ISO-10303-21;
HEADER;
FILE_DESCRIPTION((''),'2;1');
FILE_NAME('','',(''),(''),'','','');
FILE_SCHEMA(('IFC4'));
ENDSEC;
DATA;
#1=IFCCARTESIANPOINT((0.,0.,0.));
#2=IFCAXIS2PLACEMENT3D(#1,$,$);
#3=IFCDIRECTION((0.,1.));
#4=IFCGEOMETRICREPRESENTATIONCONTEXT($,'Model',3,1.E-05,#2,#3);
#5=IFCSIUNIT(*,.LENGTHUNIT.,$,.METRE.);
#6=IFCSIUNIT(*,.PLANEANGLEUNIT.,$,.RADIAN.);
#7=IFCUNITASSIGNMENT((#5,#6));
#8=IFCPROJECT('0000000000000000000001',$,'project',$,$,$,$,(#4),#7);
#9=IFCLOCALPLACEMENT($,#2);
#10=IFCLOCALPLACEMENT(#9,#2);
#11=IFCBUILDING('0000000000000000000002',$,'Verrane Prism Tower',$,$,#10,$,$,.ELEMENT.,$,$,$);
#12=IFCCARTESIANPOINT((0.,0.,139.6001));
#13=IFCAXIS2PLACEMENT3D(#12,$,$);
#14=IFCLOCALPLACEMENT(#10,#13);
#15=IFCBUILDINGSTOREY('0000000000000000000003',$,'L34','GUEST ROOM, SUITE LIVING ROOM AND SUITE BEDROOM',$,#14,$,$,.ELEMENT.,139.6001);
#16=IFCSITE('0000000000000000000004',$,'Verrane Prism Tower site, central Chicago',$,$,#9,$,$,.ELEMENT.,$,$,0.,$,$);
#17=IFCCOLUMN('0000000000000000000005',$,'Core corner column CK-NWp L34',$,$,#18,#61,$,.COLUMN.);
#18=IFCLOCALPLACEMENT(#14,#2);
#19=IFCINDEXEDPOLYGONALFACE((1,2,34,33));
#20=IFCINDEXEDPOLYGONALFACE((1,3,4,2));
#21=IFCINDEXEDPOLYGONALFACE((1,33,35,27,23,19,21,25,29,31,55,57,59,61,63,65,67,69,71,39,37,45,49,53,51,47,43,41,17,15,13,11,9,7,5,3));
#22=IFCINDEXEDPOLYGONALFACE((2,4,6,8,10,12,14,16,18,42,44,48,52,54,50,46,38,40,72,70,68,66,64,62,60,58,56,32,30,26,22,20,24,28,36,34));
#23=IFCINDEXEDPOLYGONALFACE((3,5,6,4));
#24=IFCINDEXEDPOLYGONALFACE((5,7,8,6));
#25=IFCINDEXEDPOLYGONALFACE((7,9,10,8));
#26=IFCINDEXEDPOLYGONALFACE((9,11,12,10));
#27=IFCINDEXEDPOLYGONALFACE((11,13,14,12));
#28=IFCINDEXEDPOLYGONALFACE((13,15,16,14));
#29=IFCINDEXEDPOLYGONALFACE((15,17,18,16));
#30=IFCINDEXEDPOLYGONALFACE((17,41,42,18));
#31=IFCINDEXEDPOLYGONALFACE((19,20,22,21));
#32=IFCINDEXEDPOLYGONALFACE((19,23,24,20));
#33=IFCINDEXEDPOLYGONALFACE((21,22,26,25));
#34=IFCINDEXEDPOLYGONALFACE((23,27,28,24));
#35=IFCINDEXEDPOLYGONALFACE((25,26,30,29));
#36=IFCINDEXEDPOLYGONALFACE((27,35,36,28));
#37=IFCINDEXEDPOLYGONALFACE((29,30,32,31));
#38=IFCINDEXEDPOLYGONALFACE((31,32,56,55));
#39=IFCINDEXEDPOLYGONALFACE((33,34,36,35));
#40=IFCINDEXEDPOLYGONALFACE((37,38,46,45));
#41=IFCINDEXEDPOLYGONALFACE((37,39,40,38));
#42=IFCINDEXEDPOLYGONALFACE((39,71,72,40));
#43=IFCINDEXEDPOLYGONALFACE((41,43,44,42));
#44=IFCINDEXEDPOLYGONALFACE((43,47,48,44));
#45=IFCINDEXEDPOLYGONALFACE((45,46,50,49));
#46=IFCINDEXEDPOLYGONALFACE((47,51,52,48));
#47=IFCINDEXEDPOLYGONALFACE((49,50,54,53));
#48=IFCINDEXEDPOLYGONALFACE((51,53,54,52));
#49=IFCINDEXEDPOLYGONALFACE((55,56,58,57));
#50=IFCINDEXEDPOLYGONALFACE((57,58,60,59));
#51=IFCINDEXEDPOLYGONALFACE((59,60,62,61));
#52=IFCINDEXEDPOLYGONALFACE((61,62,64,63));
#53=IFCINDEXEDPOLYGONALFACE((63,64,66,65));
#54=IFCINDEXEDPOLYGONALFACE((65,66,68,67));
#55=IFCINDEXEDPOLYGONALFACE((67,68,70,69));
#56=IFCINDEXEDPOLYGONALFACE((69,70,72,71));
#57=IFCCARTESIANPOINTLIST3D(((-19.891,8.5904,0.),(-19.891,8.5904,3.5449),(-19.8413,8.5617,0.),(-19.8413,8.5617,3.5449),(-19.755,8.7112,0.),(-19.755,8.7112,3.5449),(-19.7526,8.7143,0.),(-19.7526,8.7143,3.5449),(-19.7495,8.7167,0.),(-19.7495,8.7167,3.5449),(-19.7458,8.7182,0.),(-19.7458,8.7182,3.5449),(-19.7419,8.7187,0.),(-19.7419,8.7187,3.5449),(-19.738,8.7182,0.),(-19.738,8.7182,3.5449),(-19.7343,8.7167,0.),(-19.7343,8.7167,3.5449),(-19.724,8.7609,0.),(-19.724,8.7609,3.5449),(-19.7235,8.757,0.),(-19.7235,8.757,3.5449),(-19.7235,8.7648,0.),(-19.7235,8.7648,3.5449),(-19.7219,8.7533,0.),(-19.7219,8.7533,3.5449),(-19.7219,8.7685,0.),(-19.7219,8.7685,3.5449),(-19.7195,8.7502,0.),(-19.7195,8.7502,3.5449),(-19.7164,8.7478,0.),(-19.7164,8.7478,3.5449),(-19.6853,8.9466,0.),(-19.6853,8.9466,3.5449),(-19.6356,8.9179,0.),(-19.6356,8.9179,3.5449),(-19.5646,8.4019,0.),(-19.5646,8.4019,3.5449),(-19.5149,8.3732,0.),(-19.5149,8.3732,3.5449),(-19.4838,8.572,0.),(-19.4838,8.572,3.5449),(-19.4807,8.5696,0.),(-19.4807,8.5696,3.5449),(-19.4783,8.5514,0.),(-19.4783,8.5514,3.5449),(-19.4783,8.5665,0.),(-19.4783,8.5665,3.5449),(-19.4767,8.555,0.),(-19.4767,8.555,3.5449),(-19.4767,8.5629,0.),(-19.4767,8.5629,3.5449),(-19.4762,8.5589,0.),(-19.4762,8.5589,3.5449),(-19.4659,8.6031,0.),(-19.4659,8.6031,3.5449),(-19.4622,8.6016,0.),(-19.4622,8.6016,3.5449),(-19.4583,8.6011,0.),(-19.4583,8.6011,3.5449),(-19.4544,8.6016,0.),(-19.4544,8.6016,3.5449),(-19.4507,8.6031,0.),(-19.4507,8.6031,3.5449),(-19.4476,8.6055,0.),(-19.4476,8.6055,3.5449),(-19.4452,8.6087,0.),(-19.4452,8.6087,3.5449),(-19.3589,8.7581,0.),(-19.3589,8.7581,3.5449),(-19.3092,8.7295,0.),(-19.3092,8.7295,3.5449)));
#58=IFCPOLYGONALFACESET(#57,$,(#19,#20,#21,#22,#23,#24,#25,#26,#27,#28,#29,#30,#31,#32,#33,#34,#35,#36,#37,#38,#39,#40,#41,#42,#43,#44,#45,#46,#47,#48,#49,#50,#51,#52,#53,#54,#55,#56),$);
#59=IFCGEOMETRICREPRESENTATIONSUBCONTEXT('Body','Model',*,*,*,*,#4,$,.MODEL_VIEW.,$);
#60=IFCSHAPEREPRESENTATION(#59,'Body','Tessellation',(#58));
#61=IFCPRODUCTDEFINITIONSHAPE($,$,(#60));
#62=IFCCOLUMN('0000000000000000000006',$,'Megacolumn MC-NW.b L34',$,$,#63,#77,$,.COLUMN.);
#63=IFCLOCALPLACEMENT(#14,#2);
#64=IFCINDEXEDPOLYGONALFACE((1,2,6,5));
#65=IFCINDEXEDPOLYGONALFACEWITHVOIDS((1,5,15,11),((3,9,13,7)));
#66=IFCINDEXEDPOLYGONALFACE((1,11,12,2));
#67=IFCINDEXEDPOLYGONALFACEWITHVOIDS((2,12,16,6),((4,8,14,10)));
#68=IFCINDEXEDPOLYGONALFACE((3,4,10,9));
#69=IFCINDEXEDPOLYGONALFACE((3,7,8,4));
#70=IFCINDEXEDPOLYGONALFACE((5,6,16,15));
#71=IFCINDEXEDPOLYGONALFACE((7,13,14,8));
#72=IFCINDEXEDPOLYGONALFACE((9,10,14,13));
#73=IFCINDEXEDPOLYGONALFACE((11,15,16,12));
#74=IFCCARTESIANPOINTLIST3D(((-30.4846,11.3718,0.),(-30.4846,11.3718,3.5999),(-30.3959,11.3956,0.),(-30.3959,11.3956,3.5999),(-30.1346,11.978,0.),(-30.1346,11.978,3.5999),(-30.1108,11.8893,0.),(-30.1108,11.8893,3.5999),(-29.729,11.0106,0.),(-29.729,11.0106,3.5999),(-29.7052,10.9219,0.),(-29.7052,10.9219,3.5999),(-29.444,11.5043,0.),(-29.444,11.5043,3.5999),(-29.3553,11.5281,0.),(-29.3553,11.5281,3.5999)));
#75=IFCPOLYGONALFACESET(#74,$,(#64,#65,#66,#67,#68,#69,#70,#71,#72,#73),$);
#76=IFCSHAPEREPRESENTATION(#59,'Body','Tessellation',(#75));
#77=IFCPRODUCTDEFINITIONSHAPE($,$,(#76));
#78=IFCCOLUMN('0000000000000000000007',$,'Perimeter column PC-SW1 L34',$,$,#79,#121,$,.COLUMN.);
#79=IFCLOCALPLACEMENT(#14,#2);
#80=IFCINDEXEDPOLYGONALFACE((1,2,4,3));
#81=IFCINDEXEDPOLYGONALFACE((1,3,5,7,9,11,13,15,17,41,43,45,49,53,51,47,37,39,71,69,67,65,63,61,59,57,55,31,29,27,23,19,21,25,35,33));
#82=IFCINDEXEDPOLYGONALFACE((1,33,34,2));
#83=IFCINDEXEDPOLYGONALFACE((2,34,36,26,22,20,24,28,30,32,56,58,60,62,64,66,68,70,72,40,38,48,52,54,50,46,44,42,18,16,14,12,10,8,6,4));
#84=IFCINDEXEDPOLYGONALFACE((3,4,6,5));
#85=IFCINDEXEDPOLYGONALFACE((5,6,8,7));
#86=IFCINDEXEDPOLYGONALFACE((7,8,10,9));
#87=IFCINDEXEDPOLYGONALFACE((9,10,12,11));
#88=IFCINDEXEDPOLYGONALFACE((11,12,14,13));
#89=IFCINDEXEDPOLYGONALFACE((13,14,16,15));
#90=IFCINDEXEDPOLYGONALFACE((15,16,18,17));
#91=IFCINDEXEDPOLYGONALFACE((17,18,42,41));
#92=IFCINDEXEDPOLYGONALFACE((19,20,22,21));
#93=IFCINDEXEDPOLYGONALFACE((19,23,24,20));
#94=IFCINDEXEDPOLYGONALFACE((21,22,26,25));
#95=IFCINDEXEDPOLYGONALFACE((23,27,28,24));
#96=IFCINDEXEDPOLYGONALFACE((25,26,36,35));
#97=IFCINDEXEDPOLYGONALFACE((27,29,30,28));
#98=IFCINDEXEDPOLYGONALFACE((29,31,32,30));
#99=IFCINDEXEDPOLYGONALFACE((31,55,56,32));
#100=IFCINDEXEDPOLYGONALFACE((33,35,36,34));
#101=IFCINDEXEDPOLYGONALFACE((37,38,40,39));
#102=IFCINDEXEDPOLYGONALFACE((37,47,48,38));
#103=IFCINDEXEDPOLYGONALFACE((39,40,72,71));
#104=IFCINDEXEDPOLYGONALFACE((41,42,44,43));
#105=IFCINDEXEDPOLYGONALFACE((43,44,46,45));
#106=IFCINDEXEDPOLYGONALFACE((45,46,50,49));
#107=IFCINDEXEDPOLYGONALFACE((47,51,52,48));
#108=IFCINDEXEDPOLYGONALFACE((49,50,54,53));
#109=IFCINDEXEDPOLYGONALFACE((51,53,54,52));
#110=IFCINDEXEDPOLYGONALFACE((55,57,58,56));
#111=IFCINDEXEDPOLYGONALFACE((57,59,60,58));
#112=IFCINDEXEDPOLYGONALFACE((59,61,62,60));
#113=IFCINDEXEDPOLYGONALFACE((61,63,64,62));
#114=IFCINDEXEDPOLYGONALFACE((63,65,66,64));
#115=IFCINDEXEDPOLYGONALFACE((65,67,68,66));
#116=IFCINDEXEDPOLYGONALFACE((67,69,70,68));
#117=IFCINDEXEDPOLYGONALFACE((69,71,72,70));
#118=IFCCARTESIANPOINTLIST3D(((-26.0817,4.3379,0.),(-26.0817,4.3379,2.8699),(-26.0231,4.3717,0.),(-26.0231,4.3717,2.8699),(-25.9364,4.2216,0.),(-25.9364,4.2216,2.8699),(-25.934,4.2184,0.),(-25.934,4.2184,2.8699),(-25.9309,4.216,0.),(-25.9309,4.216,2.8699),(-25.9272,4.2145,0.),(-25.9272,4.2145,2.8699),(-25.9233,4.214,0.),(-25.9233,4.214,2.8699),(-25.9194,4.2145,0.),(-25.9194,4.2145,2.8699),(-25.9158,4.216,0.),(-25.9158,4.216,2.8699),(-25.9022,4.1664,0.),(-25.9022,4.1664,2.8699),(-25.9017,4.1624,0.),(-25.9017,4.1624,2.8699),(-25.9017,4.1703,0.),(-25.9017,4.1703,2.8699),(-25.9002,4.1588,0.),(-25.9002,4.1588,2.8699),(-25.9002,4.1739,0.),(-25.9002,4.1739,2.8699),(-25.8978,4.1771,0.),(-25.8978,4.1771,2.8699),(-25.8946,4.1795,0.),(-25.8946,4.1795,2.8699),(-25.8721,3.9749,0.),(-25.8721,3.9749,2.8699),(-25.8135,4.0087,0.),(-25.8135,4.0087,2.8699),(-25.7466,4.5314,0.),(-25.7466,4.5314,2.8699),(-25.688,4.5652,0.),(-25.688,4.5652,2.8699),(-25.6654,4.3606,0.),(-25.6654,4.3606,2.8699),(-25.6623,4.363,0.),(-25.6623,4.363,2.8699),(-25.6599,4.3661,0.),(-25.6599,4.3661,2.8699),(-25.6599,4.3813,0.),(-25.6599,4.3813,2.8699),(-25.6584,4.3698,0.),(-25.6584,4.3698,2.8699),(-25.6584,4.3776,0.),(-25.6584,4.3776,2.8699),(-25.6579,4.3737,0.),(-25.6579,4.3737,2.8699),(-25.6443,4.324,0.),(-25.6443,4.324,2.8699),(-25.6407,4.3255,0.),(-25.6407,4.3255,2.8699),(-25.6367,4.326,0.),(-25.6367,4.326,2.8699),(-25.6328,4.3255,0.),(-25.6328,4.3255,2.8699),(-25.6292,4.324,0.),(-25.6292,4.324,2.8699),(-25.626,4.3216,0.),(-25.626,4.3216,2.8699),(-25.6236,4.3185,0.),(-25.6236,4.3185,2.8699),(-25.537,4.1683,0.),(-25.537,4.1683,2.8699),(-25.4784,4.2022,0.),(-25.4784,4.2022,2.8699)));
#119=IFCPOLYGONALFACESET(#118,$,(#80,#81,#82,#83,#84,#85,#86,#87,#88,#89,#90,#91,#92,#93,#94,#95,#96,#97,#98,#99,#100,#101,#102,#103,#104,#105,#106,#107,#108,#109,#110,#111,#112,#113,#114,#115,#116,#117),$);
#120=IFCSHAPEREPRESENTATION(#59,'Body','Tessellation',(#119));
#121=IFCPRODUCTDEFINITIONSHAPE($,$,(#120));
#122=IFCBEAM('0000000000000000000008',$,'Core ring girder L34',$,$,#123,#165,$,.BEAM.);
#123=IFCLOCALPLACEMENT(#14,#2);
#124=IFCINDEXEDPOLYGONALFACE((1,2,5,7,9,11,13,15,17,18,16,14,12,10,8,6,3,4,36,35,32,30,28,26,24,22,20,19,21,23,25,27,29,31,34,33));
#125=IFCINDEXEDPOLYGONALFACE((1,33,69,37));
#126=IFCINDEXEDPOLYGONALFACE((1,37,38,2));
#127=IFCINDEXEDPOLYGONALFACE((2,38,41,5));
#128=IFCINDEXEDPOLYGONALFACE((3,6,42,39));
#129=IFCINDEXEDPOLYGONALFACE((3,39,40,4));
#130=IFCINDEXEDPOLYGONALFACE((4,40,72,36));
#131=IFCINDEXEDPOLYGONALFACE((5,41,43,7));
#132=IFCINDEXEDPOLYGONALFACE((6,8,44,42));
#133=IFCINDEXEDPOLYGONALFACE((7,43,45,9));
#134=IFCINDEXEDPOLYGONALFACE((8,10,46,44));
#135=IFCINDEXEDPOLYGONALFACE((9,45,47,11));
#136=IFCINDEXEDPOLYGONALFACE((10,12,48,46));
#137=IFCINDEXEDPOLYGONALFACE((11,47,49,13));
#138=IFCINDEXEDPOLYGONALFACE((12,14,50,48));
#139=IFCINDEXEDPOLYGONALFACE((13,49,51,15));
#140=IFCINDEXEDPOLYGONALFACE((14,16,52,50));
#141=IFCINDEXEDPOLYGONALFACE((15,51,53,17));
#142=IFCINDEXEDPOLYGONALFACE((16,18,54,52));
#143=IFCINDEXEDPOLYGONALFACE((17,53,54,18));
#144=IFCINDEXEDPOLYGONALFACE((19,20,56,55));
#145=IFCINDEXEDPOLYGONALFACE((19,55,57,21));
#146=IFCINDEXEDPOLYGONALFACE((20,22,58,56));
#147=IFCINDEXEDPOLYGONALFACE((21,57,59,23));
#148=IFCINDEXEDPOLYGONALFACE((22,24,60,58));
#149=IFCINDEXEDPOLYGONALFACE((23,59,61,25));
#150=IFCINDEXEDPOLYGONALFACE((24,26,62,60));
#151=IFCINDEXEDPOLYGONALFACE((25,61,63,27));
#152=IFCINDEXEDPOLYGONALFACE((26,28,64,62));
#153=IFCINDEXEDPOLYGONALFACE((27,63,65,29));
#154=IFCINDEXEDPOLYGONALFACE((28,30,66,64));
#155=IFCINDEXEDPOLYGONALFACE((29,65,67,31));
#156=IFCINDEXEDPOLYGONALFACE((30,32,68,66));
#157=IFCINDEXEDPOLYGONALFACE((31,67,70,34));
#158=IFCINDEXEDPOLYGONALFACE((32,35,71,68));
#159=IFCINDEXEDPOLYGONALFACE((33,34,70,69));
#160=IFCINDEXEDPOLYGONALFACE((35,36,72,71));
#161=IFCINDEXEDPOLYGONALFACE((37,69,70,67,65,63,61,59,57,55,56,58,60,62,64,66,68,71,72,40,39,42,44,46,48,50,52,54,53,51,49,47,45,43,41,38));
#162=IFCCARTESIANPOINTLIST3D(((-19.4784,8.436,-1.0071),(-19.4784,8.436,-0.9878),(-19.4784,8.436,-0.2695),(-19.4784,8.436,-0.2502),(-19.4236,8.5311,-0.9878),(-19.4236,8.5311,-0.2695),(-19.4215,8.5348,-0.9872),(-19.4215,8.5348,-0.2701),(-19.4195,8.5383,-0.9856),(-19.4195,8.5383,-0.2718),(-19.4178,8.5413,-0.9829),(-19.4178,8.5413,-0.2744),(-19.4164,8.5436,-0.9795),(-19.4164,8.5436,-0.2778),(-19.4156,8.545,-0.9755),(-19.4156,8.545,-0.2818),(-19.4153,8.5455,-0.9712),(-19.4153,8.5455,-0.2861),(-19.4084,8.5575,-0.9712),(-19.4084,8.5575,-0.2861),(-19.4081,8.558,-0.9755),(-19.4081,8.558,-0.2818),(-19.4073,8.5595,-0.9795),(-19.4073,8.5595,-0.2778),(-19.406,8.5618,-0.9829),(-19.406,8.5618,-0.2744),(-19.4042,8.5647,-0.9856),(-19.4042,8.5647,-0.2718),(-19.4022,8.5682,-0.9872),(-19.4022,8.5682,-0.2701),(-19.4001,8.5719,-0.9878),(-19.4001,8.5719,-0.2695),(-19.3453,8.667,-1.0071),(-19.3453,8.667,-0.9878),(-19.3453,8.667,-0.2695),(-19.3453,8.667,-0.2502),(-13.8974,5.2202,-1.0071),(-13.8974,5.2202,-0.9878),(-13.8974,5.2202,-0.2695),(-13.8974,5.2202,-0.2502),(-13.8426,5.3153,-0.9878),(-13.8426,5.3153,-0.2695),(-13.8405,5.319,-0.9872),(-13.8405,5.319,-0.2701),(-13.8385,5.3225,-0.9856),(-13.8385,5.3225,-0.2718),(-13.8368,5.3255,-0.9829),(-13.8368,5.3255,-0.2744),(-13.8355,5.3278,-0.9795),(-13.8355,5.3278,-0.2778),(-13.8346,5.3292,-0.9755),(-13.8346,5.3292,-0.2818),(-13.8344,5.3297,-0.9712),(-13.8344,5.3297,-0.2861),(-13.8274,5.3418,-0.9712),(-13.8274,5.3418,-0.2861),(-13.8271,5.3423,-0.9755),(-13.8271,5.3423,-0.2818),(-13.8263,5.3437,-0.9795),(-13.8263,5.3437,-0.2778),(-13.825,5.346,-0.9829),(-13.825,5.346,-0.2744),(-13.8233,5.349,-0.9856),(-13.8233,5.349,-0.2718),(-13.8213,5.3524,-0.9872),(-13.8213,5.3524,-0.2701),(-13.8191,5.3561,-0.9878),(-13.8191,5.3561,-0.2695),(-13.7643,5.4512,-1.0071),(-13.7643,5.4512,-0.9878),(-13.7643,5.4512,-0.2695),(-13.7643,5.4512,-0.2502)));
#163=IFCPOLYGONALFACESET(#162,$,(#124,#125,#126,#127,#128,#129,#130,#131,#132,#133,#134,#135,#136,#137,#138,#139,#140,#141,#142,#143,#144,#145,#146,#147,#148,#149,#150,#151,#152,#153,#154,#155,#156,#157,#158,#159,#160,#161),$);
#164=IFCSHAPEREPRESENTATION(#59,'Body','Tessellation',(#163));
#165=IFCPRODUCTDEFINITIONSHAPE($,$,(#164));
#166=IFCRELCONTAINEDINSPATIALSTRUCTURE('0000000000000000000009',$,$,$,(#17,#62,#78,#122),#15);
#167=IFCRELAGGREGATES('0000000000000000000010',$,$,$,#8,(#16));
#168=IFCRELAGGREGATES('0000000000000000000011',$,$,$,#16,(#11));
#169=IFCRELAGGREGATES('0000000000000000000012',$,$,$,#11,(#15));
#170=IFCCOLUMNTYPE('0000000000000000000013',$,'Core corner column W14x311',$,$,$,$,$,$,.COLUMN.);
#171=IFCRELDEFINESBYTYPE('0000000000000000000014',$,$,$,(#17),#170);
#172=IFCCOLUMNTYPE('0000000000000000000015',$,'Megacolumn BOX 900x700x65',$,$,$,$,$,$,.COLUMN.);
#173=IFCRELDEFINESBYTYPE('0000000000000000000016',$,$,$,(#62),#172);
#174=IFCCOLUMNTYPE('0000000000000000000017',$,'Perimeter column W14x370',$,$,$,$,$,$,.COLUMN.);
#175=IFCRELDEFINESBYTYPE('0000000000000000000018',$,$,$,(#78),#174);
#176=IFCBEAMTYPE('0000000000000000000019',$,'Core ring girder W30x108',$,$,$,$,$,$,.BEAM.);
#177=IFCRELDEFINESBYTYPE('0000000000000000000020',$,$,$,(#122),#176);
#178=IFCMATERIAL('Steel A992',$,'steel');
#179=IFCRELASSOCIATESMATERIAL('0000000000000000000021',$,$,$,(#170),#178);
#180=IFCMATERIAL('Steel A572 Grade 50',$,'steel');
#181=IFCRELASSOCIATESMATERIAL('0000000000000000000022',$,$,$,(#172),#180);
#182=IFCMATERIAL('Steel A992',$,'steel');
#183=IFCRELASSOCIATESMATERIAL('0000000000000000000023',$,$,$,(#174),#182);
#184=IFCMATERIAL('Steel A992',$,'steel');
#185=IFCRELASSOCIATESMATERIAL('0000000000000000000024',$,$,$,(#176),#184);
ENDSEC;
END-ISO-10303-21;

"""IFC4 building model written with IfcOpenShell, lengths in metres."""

from ifc_helpers import new_model, si_unit, direction, frame, origin, origin_2d, place, context, subcontext, project, spatial, hollow_rectangle, i_section, extrude, material, material_profile, profile_set, type_object, element, save


model = new_model("IFC4")

# Units and contexts
model_context = context("Model", 3, precision=1e-05, world=origin(), true_north=direction((0.0, 1.0)))
body_context = subcontext(model_context, "Body", "Model", "MODEL_VIEW")
ifc_project = project(units=[si_unit("LENGTHUNIT", "METRE"), si_unit("PLANEANGLEUNIT", "RADIAN")], contexts=[model_context])

# Site, building, storey
site_placement = place(None, origin())
site = spatial("IfcSite", under=ifc_project, at=site_placement, Name="Verrane Prism Tower site, central Chicago", CompositionType="ELEMENT", RefElevation=0.0)
building_placement = place(site_placement, origin())
building = spatial("IfcBuilding", under=site, at=building_placement, Name="Verrane Prism Tower", CompositionType="ELEMENT")
storey_placement = place(building_placement, frame((0.0, 0.0, 139.6001)))
storey = spatial("IfcBuildingStorey", under=building, at=storey_placement, Name="L34", Description="GUEST ROOM, SUITE LIVING ROOM AND SUITE BEDROOM", CompositionType="ELEMENT", Elevation=139.6001)

# Columns
ifc_material_1 = material(Name="Steel A992", Category="steel")
ifc_material_profile_1 = material_profile(ifc_material_1, i_section(OverallWidth=0.4114, OverallDepth=0.4343, WebThickness=0.0359, FlangeThickness=0.0574, FilletRadius=0.0151, at=origin_2d()), Name="W14x311")
ifc_profile_set_1 = profile_set([ifc_material_profile_1], Name="Steel A992")
column_type_1 = type_object("IfcColumnType", Name="Core corner column W14x311", PredefinedType="COLUMN", material=ifc_profile_set_1)
column_1_placement = place(storey_placement, frame((-19.6001, 8.6599, 0.0), z_axis=(0.0, 0.0, 1.0), x_axis=(0.5, 0.866025, 0.0)))
element("IfcColumn", 1, at=column_1_placement, inside=storey, type_object=column_type_1, Name="Core corner column CK-NWp L34", PredefinedType="COLUMN", context=body_context, shape_type="SweptSolid", body=[
    extrude(i_section(OverallWidth=0.4114, OverallDepth=0.4343, WebThickness=0.0359, FlangeThickness=0.0574, FilletRadius=0.0151, at=origin_2d()), origin(), (0.0, 0.0, 1.0), 3.5449),
])
ifc_material_2 = material(Name="Steel A572 Grade 50", Category="steel")
ifc_material_profile_2 = material_profile(ifc_material_2, hollow_rectangle(XDim=0.7, YDim=0.8999, WallThickness=0.0649, at=origin_2d()), Name="BOX 900x700x65")
ifc_profile_set_2 = profile_set([ifc_material_profile_2], Name="Steel A572 Grade 50")
column_type_2 = type_object("IfcColumnType", Name="Megacolumn BOX 900x700x65", PredefinedType="COLUMN", material=ifc_profile_set_2)
column_2_placement = place(storey_placement, frame((-29.9199, 11.45, 0.0), z_axis=(0.0, 0.0, 1.0), x_axis=(0.5, 0.866025, 0.0)))
element("IfcColumn", 2, at=column_2_placement, inside=storey, type_object=column_type_2, Name="Megacolumn MC-NW.b L34", PredefinedType="COLUMN", context=body_context, shape_type="SweptSolid", body=[
    extrude(hollow_rectangle(XDim=0.7, YDim=0.8999, WallThickness=0.0649, at=origin_2d()), origin(), (0.0, 0.0, 1.0), 3.5999),
])
ifc_material_3 = material(Name="Steel A992", Category="steel")
ifc_material_profile_3 = material_profile(ifc_material_3, i_section(OverallWidth=0.4192, OverallDepth=0.4546, WebThickness=0.0422, FlangeThickness=0.0676, FilletRadius=0.0151, at=origin_2d()), Name="W14x370")
ifc_profile_set_3 = profile_set([ifc_material_profile_3], Name="Steel A992")
column_type_3 = type_object("IfcColumnType", Name="Perimeter column W14x370", PredefinedType="COLUMN", material=ifc_profile_set_3)
column_3_placement = place(storey_placement, frame((-25.78, 4.27, 0.0), z_axis=(0.0, 0.0, 1.0), x_axis=(-0.5, 0.866025, 0.0)))
element("IfcColumn", 3, at=column_3_placement, inside=storey, type_object=column_type_3, Name="Perimeter column PC-SW1 L34", PredefinedType="COLUMN", context=body_context, shape_type="SweptSolid", body=[
    extrude(i_section(OverallWidth=0.4192, OverallDepth=0.4546, WebThickness=0.0422, FlangeThickness=0.0676, FilletRadius=0.0151, at=origin_2d()), origin(), (0.0, 0.0, 1.0), 2.8699),
])

# Beam
ifc_material_4 = material(Name="Steel A992", Category="steel")
ifc_material_profile_4 = material_profile(ifc_material_4, i_section(OverallWidth=0.2666, OverallDepth=0.7568, WebThickness=0.0139, FlangeThickness=0.0193, FilletRadius=0.0166, at=origin_2d()), Name="W30x108")
ifc_profile_set_4 = profile_set([ifc_material_profile_4], Name="Steel A992")
beam_type_1 = type_object("IfcBeamType", Name="Core ring girder W30x108", PredefinedType="BEAM", material=ifc_profile_set_4)
beam_1_placement = place(storey_placement, frame((-19.4119, 8.5515, -0.6287), z_axis=(0.866456, -0.499254, 0.0), x_axis=(0.499254, 0.866456, 0.0)))
element("IfcBeam", 4, at=beam_1_placement, inside=storey, type_object=beam_type_1, Name="Core ring girder L34", PredefinedType="BEAM", context=body_context, shape_type="SweptSolid", body=[
    extrude(i_section(OverallWidth=0.2666, OverallDepth=0.7568, WebThickness=0.0139, FlangeThickness=0.0193, FilletRadius=0.0166, at=origin_2d()), origin(), (0.0, 0.0, 1.0), 6.4412),
])

save(model, "model.ifc")
